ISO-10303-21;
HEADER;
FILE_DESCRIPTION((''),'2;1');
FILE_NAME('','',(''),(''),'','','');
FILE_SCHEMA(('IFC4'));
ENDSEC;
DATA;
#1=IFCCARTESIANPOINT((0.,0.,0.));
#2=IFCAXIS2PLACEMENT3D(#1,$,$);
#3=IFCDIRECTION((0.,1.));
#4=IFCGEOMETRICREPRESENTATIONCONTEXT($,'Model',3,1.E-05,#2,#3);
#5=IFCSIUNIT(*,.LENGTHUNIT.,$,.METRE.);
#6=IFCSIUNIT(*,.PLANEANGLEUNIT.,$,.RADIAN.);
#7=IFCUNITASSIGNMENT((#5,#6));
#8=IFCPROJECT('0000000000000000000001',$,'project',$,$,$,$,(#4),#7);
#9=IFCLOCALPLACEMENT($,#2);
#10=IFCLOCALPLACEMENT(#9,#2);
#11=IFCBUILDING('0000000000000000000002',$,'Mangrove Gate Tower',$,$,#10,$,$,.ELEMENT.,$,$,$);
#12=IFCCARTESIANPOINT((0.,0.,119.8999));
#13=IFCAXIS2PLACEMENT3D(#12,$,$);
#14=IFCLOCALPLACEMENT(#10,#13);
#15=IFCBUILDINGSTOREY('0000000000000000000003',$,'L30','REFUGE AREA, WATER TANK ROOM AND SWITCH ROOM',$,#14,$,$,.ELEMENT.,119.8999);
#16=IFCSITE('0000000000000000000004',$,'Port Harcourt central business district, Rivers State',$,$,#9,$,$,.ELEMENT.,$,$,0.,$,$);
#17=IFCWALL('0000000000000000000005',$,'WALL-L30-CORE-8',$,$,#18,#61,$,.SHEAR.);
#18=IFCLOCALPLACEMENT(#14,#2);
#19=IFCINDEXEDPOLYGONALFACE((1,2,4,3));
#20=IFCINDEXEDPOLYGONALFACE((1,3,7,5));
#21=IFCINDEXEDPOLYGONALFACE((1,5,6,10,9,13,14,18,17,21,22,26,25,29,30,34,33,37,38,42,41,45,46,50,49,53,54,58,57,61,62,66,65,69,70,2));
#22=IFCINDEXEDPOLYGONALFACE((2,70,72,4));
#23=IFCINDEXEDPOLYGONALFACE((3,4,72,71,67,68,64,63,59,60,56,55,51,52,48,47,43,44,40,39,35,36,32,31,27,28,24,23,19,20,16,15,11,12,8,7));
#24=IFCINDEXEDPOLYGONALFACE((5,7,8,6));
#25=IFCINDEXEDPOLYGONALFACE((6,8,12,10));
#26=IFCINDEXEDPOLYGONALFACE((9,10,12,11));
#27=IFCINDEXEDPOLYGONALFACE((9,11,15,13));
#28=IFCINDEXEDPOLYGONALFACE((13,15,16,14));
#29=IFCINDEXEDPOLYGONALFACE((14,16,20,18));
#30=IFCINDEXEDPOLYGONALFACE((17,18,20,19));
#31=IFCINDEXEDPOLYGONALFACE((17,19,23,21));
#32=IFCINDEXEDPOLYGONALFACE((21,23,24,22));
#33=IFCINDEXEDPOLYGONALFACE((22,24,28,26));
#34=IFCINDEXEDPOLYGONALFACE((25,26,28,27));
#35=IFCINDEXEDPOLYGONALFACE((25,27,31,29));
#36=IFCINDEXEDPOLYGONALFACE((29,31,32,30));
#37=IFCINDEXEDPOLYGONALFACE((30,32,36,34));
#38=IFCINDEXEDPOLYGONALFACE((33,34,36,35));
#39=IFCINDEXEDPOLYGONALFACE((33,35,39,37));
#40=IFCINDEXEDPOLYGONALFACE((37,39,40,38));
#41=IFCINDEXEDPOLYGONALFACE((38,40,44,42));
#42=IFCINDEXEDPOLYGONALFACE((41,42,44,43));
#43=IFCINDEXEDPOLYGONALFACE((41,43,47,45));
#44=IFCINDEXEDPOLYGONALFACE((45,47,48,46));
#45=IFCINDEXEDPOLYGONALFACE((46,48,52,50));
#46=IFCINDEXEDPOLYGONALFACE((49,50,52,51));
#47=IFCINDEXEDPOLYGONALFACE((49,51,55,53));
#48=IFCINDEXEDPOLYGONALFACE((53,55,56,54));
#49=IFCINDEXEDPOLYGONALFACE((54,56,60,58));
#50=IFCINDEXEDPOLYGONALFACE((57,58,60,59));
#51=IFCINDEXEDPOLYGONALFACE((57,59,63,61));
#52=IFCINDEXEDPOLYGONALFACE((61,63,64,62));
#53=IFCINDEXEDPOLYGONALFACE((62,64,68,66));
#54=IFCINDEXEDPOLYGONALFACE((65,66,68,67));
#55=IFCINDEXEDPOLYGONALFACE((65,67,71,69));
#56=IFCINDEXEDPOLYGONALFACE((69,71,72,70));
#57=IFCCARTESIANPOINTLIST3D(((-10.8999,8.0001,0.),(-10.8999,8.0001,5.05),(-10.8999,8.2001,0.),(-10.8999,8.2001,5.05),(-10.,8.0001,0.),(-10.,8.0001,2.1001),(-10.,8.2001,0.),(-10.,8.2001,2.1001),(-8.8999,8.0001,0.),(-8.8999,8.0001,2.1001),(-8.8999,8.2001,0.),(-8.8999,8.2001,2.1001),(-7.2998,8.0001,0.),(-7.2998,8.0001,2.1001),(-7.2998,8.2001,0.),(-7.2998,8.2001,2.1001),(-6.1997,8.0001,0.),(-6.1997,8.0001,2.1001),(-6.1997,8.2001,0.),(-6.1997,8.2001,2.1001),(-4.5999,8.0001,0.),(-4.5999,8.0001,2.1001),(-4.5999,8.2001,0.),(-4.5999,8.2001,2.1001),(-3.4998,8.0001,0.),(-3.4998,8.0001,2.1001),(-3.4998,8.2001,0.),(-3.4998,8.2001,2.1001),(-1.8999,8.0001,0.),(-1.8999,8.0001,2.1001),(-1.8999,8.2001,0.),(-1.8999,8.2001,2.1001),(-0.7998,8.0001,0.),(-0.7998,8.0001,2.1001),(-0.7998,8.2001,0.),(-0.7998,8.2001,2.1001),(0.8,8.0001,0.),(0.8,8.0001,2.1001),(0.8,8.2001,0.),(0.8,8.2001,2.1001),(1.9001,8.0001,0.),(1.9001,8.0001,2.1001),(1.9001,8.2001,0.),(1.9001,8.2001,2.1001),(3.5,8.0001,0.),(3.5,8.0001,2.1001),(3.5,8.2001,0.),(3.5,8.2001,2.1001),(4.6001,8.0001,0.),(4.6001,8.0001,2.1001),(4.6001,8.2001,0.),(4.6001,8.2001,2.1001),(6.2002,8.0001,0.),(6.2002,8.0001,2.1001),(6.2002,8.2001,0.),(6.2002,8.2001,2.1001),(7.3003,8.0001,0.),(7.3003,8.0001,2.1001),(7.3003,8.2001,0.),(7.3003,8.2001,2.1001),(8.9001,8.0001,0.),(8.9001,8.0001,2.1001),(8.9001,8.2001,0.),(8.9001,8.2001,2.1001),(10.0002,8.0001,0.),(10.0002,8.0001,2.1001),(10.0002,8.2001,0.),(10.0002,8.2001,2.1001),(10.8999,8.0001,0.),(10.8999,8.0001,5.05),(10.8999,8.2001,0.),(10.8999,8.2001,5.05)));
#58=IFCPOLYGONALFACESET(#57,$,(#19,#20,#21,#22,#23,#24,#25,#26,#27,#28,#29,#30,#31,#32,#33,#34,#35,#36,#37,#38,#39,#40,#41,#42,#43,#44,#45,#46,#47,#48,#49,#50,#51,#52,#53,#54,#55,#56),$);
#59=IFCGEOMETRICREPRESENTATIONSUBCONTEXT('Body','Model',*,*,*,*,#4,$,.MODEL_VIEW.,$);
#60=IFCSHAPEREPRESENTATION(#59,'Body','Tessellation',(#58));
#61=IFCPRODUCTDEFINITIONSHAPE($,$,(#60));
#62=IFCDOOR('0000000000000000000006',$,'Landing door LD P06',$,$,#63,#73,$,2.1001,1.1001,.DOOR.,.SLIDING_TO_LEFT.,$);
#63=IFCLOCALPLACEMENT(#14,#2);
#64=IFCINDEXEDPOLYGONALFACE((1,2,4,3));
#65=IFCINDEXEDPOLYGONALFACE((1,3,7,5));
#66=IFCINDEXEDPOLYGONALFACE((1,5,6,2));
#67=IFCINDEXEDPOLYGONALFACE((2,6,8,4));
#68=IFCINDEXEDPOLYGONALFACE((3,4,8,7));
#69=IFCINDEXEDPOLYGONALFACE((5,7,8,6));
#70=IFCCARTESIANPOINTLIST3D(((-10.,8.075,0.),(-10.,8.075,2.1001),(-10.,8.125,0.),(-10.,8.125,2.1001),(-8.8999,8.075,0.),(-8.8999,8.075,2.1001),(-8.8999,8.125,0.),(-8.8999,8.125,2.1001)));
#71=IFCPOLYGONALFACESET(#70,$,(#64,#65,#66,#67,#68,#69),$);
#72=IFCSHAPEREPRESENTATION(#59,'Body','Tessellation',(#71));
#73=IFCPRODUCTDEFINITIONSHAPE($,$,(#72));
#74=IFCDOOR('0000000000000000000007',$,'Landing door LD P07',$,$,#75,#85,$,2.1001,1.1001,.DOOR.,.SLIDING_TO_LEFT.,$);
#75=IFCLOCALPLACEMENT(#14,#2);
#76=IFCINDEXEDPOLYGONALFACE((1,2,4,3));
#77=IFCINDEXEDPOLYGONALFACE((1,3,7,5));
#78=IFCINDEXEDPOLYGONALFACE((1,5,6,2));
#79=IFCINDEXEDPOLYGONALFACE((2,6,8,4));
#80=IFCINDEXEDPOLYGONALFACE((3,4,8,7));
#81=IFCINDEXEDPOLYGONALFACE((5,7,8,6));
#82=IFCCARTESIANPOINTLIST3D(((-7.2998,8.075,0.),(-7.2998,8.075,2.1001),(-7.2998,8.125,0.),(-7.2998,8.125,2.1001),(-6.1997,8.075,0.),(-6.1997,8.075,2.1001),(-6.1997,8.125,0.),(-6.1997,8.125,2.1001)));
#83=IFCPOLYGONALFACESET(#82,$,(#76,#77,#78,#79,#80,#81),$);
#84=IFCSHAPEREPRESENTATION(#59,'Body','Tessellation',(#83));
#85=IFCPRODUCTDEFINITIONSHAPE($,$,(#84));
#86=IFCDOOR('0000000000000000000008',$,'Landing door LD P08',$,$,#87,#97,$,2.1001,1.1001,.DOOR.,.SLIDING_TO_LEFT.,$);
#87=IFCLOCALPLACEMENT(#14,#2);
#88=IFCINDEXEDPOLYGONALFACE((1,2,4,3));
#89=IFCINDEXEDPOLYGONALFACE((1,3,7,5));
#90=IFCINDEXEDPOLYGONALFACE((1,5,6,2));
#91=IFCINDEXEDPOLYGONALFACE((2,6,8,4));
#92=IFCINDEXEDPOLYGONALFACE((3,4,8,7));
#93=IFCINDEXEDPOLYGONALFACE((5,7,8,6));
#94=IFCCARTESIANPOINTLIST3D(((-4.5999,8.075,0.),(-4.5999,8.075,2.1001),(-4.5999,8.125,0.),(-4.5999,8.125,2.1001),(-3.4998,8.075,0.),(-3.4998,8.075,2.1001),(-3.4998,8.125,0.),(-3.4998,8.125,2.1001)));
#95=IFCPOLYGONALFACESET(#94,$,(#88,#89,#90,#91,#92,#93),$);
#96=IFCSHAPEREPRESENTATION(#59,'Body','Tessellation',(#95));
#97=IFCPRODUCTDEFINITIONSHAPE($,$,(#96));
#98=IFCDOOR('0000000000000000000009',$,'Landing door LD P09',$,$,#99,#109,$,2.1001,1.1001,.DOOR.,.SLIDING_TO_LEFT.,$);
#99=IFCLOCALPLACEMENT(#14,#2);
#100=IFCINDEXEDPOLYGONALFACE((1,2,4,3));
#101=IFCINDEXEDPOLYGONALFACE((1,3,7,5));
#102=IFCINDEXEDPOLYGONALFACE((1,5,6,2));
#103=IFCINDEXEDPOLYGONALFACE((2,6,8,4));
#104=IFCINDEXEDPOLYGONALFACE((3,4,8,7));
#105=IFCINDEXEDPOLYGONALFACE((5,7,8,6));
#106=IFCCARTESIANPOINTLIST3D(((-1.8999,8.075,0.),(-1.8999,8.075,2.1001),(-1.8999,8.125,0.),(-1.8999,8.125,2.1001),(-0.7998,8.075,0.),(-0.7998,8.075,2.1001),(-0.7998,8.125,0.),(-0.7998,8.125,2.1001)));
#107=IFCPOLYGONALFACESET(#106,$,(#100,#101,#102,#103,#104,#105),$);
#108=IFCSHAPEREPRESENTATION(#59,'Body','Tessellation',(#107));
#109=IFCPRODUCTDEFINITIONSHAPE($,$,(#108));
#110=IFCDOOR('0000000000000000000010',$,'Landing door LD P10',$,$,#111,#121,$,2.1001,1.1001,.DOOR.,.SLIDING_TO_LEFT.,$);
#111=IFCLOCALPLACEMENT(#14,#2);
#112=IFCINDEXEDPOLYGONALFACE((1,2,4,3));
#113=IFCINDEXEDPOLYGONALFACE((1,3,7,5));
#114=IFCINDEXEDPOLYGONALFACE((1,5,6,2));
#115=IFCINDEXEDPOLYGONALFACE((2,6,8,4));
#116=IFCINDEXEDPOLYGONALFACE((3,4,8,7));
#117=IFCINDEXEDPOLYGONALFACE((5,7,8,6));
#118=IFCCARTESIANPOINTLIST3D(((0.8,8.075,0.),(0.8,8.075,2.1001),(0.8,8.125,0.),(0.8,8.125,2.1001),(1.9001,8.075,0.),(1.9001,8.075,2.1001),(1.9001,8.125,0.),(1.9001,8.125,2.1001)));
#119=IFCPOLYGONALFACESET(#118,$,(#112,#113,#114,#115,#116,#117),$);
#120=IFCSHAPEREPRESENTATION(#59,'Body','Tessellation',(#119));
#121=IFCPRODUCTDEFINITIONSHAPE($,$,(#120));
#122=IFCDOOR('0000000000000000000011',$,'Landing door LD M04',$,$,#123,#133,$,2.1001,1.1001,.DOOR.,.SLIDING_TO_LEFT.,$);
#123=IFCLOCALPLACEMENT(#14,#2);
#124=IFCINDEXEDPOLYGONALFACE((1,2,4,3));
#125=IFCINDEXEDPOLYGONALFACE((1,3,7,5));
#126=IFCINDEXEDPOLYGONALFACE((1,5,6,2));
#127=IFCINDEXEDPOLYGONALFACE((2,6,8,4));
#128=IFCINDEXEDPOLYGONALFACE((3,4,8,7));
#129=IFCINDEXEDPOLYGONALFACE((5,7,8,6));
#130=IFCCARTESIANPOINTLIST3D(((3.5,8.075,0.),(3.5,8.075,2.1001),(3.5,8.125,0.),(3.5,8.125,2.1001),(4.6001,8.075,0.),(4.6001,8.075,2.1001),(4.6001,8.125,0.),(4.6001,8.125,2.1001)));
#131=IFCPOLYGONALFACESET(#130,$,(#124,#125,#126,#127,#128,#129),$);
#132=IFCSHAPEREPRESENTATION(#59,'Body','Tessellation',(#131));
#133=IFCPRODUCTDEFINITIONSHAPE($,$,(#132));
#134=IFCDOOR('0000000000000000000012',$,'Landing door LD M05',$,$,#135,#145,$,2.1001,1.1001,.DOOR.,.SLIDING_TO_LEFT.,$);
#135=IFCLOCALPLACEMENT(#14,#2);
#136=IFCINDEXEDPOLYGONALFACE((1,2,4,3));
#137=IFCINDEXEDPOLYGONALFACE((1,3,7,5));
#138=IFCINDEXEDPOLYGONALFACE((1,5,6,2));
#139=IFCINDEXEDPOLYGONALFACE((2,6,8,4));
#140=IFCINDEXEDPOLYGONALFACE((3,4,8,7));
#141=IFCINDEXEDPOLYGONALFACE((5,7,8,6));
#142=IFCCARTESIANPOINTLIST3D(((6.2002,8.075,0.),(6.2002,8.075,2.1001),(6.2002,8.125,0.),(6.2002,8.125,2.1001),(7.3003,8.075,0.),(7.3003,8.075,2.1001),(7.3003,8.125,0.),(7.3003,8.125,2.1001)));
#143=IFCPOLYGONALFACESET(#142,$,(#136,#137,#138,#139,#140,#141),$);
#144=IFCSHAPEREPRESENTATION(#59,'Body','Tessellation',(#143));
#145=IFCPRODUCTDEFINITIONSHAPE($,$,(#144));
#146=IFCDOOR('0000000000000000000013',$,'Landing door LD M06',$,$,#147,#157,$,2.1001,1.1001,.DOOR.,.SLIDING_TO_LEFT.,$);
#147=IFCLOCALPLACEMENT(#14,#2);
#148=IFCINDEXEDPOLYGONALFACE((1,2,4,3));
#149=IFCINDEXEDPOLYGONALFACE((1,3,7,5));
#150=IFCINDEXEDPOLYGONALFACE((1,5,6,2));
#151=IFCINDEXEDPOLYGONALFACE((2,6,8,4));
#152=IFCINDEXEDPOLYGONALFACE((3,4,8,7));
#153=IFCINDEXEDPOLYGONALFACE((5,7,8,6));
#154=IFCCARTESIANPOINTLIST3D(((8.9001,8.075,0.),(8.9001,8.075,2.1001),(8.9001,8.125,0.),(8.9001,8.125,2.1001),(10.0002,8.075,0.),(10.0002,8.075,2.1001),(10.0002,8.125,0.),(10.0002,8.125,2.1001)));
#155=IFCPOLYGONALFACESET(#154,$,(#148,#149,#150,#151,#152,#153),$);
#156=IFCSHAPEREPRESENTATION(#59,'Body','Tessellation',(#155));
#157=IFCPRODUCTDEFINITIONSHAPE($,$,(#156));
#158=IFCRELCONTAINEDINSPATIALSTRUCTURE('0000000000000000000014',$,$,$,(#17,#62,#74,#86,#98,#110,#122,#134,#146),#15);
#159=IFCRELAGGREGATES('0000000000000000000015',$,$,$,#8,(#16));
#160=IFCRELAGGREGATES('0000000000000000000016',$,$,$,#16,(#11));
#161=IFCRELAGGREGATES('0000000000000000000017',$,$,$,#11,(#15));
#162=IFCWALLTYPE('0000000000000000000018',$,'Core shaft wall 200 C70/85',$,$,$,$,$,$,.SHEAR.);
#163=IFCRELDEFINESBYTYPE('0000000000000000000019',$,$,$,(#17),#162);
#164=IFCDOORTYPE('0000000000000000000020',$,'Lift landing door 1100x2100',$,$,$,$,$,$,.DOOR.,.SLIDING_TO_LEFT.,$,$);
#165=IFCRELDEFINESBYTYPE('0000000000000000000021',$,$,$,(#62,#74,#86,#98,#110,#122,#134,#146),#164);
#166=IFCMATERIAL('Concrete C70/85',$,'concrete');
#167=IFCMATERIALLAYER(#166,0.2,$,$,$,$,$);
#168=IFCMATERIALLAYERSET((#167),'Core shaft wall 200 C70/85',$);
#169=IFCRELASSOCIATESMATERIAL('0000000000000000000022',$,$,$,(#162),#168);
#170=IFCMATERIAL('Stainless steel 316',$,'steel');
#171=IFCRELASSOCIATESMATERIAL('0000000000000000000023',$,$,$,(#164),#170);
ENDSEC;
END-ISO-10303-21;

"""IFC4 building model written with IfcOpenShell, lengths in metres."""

from ifc_helpers import new_model, si_unit, direction, frame, frame_2d, origin, place, context, subcontext, project, spatial, rectangle, extrude, material, layer, layer_set, type_object, element, fill, save


model = new_model("IFC4")

# Units and contexts
model_context = context("Model", 3, precision=1e-05, world=origin(), true_north=direction((0.0, 1.0)))
body_context = subcontext(model_context, "Body", "Model", "MODEL_VIEW")
ifc_project = project(units=[si_unit("LENGTHUNIT", "METRE"), si_unit("PLANEANGLEUNIT", "RADIAN")], contexts=[model_context])

# Site, building, storey
site_placement = place(None, origin())
site = spatial("IfcSite", under=ifc_project, at=site_placement, Name="Port Harcourt central business district, Rivers State", CompositionType="ELEMENT", RefElevation=0.0)
building_placement = place(site_placement, origin())
building = spatial("IfcBuilding", under=site, at=building_placement, Name="Mangrove Gate Tower", CompositionType="ELEMENT")
storey_placement = place(building_placement, frame((0.0, 0.0, 119.8999)))
storey = spatial("IfcBuildingStorey", under=building, at=storey_placement, Name="L30", Description="REFUGE AREA, WATER TANK ROOM AND SWITCH ROOM", CompositionType="ELEMENT", Elevation=119.8999)

# Wall, openings, doors
ifc_material_1 = material(Name="Concrete C70/85", Category="concrete")
ifc_layer = layer(ifc_material_1, 0.2)
ifc_layer_set = layer_set([ifc_layer], Name="Core shaft wall 200 C70/85")
wall_type = type_object("IfcWallType", Name="Core shaft wall 200 C70/85", PredefinedType="SHEAR", material=ifc_layer_set)
ifc_material_2 = material(Name="Stainless steel 316", Category="steel")
door_type = type_object("IfcDoorType", Name="Lift landing door 1100x2100", OperationType="SLIDING_TO_LEFT", PredefinedType="DOOR", material=ifc_material_2)
wall_1_placement = place(storey_placement, frame((-10.8999, 8.1001, 0.0), z_axis=(0.0, 0.0, 1.0), x_axis=(1.0, 0.0, 0.0)))
wall_1 = element("IfcWall", 1, at=wall_1_placement, inside=storey, type_object=wall_type, Name="WALL-L30-CORE-8", PredefinedType="SHEAR", context=body_context, shape_type="SweptSolid", body=[
    extrude(rectangle(XDim=21.7998, YDim=0.2, at=frame_2d((10.8999, 0.0))), origin(), (0.0, 0.0, 1.0), 5.05),
])
opening_1_placement = place(wall_1_placement, frame((0.8999, 0.0, 0.0)))
opening_1 = element("IfcOpeningElement", 2, at=opening_1_placement, cuts=wall_1, PredefinedType="OPENING", context=body_context, shape_type="SweptSolid", body=[
    extrude(rectangle(XDim=1.1001, YDim=2.1001, at=frame_2d((0.55, 1.05))), frame((0.0, 0.1099, 0.0), z_axis=(0.0, -1.0, 0.0), x_axis=(1.0, 0.0, 0.0)), (0.0, 0.0, 1.0), 0.22),
])
opening_2_placement = place(wall_1_placement, frame((3.6001, 0.0, 0.0)))
opening_2 = element("IfcOpeningElement", 3, at=opening_2_placement, cuts=wall_1, PredefinedType="OPENING", context=body_context, shape_type="SweptSolid", body=[
    extrude(rectangle(XDim=1.1001, YDim=2.1001, at=frame_2d((0.55, 1.05))), frame((0.0, 0.1099, 0.0), z_axis=(0.0, -1.0, 0.0), x_axis=(1.0, 0.0, 0.0)), (0.0, 0.0, 1.0), 0.22),
])
opening_3_placement = place(wall_1_placement, frame((6.3, 0.0, 0.0)))
opening_3 = element("IfcOpeningElement", 4, at=opening_3_placement, cuts=wall_1, PredefinedType="OPENING", context=body_context, shape_type="SweptSolid", body=[
    extrude(rectangle(XDim=1.1001, YDim=2.1001, at=frame_2d((0.55, 1.05))), frame((0.0, 0.1099, 0.0), z_axis=(0.0, -1.0, 0.0), x_axis=(1.0, 0.0, 0.0)), (0.0, 0.0, 1.0), 0.22),
])
opening_4_placement = place(wall_1_placement, frame((9.0, 0.0, 0.0)))
opening_4 = element("IfcOpeningElement", 5, at=opening_4_placement, cuts=wall_1, PredefinedType="OPENING", context=body_context, shape_type="SweptSolid", body=[
    extrude(rectangle(XDim=1.1001, YDim=2.1001, at=frame_2d((0.55, 1.05))), frame((0.0, 0.1099, 0.0), z_axis=(0.0, -1.0, 0.0), x_axis=(1.0, 0.0, 0.0)), (0.0, 0.0, 1.0), 0.22),
])
opening_5_placement = place(wall_1_placement, frame((11.7, 0.0, 0.0)))
opening_5 = element("IfcOpeningElement", 6, at=opening_5_placement, cuts=wall_1, PredefinedType="OPENING", context=body_context, shape_type="SweptSolid", body=[
    extrude(rectangle(XDim=1.1001, YDim=2.1001, at=frame_2d((0.55, 1.05))), frame((0.0, 0.1099, 0.0), z_axis=(0.0, -1.0, 0.0), x_axis=(1.0, 0.0, 0.0)), (0.0, 0.0, 1.0), 0.22),
])
opening_6_placement = place(wall_1_placement, frame((14.3999, 0.0, 0.0)))
opening_6 = element("IfcOpeningElement", 7, at=opening_6_placement, cuts=wall_1, PredefinedType="OPENING", context=body_context, shape_type="SweptSolid", body=[
    extrude(rectangle(XDim=1.1001, YDim=2.1001, at=frame_2d((0.55, 1.05))), frame((0.0, 0.1099, 0.0), z_axis=(0.0, -1.0, 0.0), x_axis=(1.0, 0.0, 0.0)), (0.0, 0.0, 1.0), 0.22),
])
opening_7_placement = place(wall_1_placement, frame((17.1001, 0.0, 0.0)))
opening_7 = element("IfcOpeningElement", 8, at=opening_7_placement, cuts=wall_1, PredefinedType="OPENING", context=body_context, shape_type="SweptSolid", body=[
    extrude(rectangle(XDim=1.1001, YDim=2.1001, at=frame_2d((0.55, 1.05))), frame((0.0, 0.1099, 0.0), z_axis=(0.0, -1.0, 0.0), x_axis=(1.0, 0.0, 0.0)), (0.0, 0.0, 1.0), 0.22),
])
opening_8_placement = place(wall_1_placement, frame((19.8, 0.0, 0.0)))
opening_8 = element("IfcOpeningElement", 9, at=opening_8_placement, cuts=wall_1, PredefinedType="OPENING", context=body_context, shape_type="SweptSolid", body=[
    extrude(rectangle(XDim=1.1001, YDim=2.1001, at=frame_2d((0.55, 1.05))), frame((0.0, 0.1099, 0.0), z_axis=(0.0, -1.0, 0.0), x_axis=(1.0, 0.0, 0.0)), (0.0, 0.0, 1.0), 0.22),
])
door_1_placement = place(opening_1_placement, origin())
door_1 = element("IfcDoor", 10, at=door_1_placement, inside=storey, type_object=door_type, Name="Landing door LD P06", OperationType="SLIDING_TO_LEFT", OverallHeight=2.1001, OverallWidth=1.1001, PredefinedType="DOOR", context=body_context, shape_type="SweptSolid", body=[
    extrude(rectangle(XDim=1.1001, YDim=2.1001, at=frame_2d((0.55, 1.05))), frame((0.0, 0.0249, 0.0), z_axis=(0.0, -1.0, 0.0), x_axis=(1.0, 0.0, 0.0)), (0.0, 0.0, 1.0), 0.05),
])
fill(opening_1, door_1)
door_2_placement = place(opening_2_placement, origin())
door_2 = element("IfcDoor", 11, at=door_2_placement, inside=storey, type_object=door_type, Name="Landing door LD P07", OperationType="SLIDING_TO_LEFT", OverallHeight=2.1001, OverallWidth=1.1001, PredefinedType="DOOR", context=body_context, shape_type="SweptSolid", body=[
    extrude(rectangle(XDim=1.1001, YDim=2.1001, at=frame_2d((0.55, 1.05))), frame((0.0, 0.0249, 0.0), z_axis=(0.0, -1.0, 0.0), x_axis=(1.0, 0.0, 0.0)), (0.0, 0.0, 1.0), 0.05),
])
fill(opening_2, door_2)
door_3_placement = place(opening_3_placement, origin())
door_3 = element("IfcDoor", 12, at=door_3_placement, inside=storey, type_object=door_type, Name="Landing door LD P08", OperationType="SLIDING_TO_LEFT", OverallHeight=2.1001, OverallWidth=1.1001, PredefinedType="DOOR", context=body_context, shape_type="SweptSolid", body=[
    extrude(rectangle(XDim=1.1001, YDim=2.1001, at=frame_2d((0.55, 1.05))), frame((0.0, 0.0249, 0.0), z_axis=(0.0, -1.0, 0.0), x_axis=(1.0, 0.0, 0.0)), (0.0, 0.0, 1.0), 0.05),
])
fill(opening_3, door_3)
door_4_placement = place(opening_4_placement, origin())
door_4 = element("IfcDoor", 13, at=door_4_placement, inside=storey, type_object=door_type, Name="Landing door LD P09", OperationType="SLIDING_TO_LEFT", OverallHeight=2.1001, OverallWidth=1.1001, PredefinedType="DOOR", context=body_context, shape_type="SweptSolid", body=[
    extrude(rectangle(XDim=1.1001, YDim=2.1001, at=frame_2d((0.55, 1.05))), frame((0.0, 0.0249, 0.0), z_axis=(0.0, -1.0, 0.0), x_axis=(1.0, 0.0, 0.0)), (0.0, 0.0, 1.0), 0.05),
])
fill(opening_4, door_4)
door_5_placement = place(opening_5_placement, origin())
door_5 = element("IfcDoor", 14, at=door_5_placement, inside=storey, type_object=door_type, Name="Landing door LD P10", OperationType="SLIDING_TO_LEFT", OverallHeight=2.1001, OverallWidth=1.1001, PredefinedType="DOOR", context=body_context, shape_type="SweptSolid", body=[
    extrude(rectangle(XDim=1.1001, YDim=2.1001, at=frame_2d((0.55, 1.05))), frame((0.0, 0.0249, 0.0), z_axis=(0.0, -1.0, 0.0), x_axis=(1.0, 0.0, 0.0)), (0.0, 0.0, 1.0), 0.05),
])
fill(opening_5, door_5)
door_6_placement = place(opening_6_placement, origin())
door_6 = element("IfcDoor", 15, at=door_6_placement, inside=storey, type_object=door_type, Name="Landing door LD M04", OperationType="SLIDING_TO_LEFT", OverallHeight=2.1001, OverallWidth=1.1001, PredefinedType="DOOR", context=body_context, shape_type="SweptSolid", body=[
    extrude(rectangle(XDim=1.1001, YDim=2.1001, at=frame_2d((0.55, 1.05))), frame((0.0, 0.0249, 0.0), z_axis=(0.0, -1.0, 0.0), x_axis=(1.0, 0.0, 0.0)), (0.0, 0.0, 1.0), 0.05),
])
fill(opening_6, door_6)
door_7_placement = place(opening_7_placement, origin())
door_7 = element("IfcDoor", 16, at=door_7_placement, inside=storey, type_object=door_type, Name="Landing door LD M05", OperationType="SLIDING_TO_LEFT", OverallHeight=2.1001, OverallWidth=1.1001, PredefinedType="DOOR", context=body_context, shape_type="SweptSolid", body=[
    extrude(rectangle(XDim=1.1001, YDim=2.1001, at=frame_2d((0.55, 1.05))), frame((0.0, 0.0249, 0.0), z_axis=(0.0, -1.0, 0.0), x_axis=(1.0, 0.0, 0.0)), (0.0, 0.0, 1.0), 0.05),
])
fill(opening_7, door_7)
door_8_placement = place(opening_8_placement, origin())
door_8 = element("IfcDoor", 17, at=door_8_placement, inside=storey, type_object=door_type, Name="Landing door LD M06", OperationType="SLIDING_TO_LEFT", OverallHeight=2.1001, OverallWidth=1.1001, PredefinedType="DOOR", context=body_context, shape_type="SweptSolid", body=[
    extrude(rectangle(XDim=1.1001, YDim=2.1001, at=frame_2d((0.55, 1.05))), frame((0.0, 0.0249, 0.0), z_axis=(0.0, -1.0, 0.0), x_axis=(1.0, 0.0, 0.0)), (0.0, 0.0, 1.0), 0.05),
])
fill(opening_8, door_8)

save(model, "model.ifc")
